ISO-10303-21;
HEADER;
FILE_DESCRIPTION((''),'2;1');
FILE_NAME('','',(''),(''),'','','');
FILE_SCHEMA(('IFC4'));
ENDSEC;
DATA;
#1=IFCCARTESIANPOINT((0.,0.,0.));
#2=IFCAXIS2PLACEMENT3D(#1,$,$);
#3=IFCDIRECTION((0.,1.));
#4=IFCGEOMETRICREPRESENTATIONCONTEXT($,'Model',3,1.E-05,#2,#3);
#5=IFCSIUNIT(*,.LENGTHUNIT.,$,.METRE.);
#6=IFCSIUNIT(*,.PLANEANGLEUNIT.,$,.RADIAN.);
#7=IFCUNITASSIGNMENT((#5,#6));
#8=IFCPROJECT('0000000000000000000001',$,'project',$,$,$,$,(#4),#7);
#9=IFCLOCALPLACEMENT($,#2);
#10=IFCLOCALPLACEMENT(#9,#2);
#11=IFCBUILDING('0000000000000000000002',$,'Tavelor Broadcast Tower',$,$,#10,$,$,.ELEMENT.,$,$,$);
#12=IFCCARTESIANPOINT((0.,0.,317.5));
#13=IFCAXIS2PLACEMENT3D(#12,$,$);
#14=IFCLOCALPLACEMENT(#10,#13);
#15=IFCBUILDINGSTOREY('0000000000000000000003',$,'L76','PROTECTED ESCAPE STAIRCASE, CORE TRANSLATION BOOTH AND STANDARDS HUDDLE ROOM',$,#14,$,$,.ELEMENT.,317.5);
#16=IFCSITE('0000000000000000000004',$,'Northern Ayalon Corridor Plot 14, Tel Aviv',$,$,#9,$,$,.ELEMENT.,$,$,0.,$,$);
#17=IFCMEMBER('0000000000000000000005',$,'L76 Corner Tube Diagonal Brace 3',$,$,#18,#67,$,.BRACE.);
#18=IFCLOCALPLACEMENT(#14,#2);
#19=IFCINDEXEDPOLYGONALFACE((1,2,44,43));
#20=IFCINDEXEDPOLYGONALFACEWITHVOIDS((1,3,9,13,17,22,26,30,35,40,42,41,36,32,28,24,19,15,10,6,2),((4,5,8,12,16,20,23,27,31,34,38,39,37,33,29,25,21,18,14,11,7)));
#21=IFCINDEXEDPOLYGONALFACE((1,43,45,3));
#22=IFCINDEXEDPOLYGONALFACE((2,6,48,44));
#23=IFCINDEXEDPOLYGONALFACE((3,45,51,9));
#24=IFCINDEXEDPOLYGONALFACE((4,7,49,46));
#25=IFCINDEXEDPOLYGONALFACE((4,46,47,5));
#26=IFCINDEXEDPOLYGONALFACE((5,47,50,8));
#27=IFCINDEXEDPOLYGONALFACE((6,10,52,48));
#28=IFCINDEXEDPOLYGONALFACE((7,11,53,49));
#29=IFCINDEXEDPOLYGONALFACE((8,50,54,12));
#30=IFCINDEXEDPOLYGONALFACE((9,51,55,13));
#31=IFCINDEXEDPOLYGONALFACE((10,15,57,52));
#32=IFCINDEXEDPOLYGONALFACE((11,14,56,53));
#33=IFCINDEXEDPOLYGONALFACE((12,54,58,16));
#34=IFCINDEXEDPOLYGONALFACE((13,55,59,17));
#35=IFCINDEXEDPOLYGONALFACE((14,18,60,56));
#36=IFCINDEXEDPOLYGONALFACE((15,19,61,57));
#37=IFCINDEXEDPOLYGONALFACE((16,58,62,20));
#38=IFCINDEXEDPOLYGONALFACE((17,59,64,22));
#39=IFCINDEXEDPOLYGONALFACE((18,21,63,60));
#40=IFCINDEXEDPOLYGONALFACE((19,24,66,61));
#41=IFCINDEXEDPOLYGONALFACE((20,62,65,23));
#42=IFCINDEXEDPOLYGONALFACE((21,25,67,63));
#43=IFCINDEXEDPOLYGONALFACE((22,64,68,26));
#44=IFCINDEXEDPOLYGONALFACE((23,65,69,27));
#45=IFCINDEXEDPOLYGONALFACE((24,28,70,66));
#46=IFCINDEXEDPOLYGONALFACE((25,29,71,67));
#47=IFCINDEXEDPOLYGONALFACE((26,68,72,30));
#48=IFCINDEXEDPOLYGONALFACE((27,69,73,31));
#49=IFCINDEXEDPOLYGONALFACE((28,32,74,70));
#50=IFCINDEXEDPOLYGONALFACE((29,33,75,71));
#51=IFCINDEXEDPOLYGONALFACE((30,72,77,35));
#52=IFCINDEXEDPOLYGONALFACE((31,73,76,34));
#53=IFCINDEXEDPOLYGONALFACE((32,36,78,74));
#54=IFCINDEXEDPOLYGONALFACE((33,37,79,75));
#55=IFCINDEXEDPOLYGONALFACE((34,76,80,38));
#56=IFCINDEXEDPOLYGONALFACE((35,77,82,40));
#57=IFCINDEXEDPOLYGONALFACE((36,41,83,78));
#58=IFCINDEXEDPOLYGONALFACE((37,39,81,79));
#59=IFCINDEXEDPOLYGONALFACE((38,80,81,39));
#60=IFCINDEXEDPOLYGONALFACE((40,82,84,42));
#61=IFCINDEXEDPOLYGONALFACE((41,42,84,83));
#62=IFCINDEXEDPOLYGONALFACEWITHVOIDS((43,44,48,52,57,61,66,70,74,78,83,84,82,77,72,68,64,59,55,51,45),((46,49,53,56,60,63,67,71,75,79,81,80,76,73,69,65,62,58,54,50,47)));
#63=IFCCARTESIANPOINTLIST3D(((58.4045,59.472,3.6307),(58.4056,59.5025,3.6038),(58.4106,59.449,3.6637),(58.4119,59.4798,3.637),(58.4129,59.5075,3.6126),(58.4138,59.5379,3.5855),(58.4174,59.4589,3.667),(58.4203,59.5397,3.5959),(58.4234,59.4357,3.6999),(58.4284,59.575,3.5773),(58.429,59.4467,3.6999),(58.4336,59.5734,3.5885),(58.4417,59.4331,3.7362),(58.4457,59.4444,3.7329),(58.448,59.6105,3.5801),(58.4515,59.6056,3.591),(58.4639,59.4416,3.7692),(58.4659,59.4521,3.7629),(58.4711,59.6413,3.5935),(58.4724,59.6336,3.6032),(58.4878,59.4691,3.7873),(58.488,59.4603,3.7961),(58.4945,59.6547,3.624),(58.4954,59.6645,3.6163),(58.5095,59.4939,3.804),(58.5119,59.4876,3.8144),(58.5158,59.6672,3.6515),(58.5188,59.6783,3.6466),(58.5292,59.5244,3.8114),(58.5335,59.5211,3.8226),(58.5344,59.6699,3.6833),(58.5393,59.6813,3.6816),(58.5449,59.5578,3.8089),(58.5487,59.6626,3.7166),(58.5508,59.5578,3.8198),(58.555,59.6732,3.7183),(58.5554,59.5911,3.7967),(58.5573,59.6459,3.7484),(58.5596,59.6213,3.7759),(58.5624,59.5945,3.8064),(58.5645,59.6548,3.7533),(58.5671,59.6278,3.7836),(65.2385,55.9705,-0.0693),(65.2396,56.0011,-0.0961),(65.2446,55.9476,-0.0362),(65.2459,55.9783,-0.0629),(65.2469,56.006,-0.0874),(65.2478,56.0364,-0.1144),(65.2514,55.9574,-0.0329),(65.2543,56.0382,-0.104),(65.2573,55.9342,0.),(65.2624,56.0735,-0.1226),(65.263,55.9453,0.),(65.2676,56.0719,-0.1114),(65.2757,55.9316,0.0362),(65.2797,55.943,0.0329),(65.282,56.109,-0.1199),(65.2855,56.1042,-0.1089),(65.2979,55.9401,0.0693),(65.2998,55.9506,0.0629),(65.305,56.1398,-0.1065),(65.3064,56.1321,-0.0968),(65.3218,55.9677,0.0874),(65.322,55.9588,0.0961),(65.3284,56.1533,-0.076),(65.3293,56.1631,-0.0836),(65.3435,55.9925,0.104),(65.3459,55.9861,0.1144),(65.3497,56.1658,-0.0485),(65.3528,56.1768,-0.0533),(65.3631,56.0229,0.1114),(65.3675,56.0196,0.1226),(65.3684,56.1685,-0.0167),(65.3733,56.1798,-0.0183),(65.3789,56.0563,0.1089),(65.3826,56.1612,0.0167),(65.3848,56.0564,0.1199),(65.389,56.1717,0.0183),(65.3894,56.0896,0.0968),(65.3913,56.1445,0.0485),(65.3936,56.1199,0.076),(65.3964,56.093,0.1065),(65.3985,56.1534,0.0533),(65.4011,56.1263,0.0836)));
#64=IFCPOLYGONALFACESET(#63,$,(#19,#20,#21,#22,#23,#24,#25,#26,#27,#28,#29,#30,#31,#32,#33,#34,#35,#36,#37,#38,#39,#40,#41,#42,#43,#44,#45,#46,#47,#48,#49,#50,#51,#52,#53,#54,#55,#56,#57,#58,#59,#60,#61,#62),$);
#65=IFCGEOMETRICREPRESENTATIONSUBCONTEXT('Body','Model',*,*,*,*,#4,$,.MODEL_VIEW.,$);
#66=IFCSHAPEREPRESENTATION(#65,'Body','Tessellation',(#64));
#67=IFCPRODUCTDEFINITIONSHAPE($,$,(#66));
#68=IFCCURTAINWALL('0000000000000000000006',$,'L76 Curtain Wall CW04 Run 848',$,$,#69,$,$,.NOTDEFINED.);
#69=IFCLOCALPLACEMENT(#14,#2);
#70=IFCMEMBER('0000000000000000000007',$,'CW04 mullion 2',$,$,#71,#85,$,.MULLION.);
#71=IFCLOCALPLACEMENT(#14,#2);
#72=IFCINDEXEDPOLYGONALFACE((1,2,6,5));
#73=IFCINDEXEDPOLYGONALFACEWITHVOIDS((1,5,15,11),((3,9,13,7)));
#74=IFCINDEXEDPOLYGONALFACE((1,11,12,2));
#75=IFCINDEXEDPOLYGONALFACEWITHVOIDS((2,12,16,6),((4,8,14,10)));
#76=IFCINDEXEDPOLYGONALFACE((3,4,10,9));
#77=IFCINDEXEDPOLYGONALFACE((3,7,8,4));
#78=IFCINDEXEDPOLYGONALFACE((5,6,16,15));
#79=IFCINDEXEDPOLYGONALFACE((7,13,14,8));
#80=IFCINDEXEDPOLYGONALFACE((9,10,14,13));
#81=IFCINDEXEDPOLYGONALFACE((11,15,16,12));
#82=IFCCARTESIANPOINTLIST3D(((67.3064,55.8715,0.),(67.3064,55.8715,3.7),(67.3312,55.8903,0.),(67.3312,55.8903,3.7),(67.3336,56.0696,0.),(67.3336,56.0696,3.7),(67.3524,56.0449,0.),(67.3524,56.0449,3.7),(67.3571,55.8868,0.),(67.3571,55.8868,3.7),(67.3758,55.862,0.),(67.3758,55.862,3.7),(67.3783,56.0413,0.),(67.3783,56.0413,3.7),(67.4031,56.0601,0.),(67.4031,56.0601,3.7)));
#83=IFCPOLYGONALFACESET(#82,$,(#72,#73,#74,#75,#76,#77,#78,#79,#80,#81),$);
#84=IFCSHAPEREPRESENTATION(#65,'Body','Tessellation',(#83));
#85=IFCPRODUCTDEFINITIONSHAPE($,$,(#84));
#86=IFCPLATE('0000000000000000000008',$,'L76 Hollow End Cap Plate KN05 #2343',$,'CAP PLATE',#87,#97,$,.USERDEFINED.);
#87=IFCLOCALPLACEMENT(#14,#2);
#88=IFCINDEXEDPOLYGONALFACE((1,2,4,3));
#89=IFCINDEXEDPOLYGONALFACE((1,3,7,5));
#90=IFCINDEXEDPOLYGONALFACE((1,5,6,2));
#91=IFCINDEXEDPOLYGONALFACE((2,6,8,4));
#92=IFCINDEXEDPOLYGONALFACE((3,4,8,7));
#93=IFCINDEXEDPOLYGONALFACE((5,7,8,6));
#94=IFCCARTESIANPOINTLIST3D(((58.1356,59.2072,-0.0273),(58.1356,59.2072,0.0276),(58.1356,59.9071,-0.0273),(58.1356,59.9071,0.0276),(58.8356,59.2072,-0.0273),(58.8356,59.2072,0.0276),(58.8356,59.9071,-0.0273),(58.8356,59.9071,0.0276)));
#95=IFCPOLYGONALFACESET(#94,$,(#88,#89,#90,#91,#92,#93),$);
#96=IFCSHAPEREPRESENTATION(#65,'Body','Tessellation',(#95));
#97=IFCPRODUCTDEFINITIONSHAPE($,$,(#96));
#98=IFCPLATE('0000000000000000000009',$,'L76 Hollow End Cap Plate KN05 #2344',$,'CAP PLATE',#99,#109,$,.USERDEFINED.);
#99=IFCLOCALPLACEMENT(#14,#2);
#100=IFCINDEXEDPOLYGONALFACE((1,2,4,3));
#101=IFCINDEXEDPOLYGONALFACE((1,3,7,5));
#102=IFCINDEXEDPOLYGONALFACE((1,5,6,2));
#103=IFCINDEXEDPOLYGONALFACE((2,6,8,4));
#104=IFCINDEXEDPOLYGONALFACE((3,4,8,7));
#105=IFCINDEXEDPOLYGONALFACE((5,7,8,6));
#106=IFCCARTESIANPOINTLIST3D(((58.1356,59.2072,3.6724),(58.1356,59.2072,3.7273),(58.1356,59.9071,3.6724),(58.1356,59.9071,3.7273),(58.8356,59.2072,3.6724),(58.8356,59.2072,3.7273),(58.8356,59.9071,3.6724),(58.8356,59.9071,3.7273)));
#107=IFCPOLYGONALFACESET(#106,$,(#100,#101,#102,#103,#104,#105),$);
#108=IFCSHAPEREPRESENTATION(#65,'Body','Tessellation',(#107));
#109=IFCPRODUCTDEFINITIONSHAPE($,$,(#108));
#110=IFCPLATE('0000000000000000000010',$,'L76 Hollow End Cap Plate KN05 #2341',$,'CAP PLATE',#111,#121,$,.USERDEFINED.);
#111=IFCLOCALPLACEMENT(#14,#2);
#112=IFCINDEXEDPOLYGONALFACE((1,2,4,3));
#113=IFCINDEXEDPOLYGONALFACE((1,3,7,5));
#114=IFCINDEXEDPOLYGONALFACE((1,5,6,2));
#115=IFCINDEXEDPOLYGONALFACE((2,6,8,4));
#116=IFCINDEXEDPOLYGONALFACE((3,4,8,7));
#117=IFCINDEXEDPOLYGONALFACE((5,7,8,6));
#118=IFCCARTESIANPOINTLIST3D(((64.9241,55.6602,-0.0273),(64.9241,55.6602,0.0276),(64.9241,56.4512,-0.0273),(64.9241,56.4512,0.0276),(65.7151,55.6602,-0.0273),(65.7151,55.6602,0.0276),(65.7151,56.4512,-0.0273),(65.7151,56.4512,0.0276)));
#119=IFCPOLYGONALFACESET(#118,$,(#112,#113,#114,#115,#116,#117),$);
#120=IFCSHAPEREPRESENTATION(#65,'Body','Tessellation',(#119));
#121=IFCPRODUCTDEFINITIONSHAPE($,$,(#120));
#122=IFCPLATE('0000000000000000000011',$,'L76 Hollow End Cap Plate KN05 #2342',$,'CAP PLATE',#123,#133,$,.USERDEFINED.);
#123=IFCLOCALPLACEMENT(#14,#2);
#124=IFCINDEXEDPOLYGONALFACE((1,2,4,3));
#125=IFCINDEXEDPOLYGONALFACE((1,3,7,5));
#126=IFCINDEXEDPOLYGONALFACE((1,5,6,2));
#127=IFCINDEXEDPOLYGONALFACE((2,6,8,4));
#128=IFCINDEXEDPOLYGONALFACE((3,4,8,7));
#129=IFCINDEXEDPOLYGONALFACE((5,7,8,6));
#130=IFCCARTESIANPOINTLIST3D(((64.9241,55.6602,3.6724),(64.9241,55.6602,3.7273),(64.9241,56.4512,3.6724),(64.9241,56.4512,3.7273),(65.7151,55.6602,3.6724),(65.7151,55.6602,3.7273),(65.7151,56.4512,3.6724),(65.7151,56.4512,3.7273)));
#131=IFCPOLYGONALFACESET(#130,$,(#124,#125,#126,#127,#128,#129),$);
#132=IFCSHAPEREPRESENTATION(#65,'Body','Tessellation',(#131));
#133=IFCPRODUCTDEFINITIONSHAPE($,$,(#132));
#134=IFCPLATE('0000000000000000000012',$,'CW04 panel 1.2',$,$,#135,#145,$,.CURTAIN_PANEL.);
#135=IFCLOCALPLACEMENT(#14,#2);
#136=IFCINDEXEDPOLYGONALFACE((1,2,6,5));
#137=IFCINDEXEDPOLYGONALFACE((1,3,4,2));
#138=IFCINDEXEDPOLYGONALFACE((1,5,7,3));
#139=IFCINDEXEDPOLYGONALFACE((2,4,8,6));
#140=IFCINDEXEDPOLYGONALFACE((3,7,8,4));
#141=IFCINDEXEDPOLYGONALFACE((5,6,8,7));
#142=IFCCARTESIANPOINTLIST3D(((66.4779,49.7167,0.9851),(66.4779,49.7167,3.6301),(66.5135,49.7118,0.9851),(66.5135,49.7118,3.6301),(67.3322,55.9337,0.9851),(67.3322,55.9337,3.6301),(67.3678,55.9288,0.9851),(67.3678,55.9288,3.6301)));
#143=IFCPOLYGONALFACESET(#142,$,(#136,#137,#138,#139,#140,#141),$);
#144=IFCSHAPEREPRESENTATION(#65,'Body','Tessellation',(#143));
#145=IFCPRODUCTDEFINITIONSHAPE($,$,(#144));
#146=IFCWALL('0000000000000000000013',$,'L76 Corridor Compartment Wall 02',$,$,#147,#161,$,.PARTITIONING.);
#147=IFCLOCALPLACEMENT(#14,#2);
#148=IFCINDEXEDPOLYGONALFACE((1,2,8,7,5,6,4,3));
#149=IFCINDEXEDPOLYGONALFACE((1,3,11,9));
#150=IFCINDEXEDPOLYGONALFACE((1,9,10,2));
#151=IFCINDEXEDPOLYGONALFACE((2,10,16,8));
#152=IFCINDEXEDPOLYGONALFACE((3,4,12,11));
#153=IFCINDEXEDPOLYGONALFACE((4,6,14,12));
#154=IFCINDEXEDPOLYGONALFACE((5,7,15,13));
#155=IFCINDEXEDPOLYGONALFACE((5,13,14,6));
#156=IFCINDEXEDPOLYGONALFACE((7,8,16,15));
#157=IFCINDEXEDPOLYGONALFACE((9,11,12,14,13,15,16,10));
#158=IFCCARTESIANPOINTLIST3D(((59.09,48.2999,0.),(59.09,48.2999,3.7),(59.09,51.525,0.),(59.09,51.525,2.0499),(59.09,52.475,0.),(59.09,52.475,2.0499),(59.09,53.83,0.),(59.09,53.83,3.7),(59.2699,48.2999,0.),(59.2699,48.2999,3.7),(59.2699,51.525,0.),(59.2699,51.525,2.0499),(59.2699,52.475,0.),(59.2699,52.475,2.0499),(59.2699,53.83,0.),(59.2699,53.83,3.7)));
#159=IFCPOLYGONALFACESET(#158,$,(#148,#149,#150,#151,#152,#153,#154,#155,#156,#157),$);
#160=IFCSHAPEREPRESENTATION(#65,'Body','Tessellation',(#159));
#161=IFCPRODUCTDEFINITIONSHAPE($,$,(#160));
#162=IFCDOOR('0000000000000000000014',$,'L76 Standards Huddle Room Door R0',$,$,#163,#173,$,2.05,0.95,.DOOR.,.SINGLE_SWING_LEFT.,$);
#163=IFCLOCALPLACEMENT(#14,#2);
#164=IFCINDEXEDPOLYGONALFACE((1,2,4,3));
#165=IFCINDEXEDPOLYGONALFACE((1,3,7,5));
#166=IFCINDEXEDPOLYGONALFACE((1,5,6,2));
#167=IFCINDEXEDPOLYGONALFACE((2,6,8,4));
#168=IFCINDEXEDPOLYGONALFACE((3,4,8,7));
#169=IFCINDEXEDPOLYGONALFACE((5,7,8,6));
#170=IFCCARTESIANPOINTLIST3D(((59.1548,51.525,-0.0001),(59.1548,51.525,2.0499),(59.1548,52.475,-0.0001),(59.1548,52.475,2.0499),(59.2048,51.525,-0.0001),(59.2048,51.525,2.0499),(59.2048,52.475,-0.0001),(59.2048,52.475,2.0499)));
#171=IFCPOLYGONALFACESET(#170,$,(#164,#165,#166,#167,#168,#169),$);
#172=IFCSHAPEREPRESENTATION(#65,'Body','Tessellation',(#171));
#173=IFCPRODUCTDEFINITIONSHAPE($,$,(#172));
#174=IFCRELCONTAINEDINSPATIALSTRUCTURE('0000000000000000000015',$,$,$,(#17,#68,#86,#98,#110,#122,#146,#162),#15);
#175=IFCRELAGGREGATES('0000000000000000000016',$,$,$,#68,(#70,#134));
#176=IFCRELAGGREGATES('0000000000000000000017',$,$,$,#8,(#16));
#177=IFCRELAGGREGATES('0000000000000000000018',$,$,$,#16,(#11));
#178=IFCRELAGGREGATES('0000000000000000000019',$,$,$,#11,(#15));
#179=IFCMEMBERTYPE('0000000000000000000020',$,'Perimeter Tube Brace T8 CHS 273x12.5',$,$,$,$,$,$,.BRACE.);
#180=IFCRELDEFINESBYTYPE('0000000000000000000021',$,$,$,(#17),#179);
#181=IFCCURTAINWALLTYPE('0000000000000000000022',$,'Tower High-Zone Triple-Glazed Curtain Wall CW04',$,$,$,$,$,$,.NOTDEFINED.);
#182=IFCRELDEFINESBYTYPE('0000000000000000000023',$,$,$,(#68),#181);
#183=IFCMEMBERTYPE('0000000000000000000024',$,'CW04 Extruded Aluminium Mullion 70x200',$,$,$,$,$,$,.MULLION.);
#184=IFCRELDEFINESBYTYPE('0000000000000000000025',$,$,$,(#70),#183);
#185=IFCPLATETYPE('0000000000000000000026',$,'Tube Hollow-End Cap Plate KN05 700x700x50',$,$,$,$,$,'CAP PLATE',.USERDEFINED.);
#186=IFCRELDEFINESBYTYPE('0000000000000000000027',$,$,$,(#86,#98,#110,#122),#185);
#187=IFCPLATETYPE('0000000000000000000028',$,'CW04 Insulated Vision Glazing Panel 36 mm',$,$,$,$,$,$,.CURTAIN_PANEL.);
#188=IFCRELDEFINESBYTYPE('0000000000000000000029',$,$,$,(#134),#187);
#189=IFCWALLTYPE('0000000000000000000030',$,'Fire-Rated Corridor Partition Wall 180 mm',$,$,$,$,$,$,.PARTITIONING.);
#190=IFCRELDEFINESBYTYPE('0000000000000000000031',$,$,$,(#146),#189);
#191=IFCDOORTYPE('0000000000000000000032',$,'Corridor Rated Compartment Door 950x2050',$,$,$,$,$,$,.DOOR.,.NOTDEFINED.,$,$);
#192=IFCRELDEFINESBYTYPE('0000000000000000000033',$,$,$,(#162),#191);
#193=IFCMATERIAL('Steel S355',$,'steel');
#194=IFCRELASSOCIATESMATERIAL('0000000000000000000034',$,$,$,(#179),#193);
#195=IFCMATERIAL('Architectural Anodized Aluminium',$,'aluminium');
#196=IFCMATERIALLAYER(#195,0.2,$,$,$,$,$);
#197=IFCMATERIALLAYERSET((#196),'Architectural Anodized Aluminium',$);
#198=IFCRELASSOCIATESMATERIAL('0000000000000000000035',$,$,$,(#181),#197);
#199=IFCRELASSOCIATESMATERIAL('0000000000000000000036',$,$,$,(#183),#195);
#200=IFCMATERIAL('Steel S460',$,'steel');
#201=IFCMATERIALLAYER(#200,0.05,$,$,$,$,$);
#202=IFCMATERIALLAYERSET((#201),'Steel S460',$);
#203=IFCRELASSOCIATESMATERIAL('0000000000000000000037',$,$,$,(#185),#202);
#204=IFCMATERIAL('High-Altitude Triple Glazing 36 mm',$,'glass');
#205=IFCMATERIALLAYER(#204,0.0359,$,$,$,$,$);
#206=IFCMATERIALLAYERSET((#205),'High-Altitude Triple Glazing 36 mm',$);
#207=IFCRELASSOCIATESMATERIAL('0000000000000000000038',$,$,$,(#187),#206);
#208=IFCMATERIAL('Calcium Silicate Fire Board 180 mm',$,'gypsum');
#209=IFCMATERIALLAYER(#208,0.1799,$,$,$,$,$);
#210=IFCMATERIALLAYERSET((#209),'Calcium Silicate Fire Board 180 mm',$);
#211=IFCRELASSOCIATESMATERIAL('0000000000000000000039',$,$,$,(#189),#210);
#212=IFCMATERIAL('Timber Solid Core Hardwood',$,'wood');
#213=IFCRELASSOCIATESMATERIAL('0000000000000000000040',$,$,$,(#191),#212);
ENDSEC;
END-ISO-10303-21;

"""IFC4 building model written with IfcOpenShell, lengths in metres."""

from ifc_helpers import new_model, si_unit, direction, frame, frame_2d, origin, origin_2d, place, context, subcontext, project, spatial, rectangle, hollow_rectangle, hollow_circle, extrude, source, transform, mapped, material, layer, layer_set, material_profile, profile_set, type_object, type_shapes, element, fill, aggregate, save


model = new_model("IFC4")

# Units and contexts
model_context = context("Model", 3, precision=1e-05, world=origin(), true_north=direction((0.0, 1.0)))
body_context = subcontext(model_context, "Body", "Model", "MODEL_VIEW")
ifc_project = project(units=[si_unit("LENGTHUNIT", "METRE"), si_unit("PLANEANGLEUNIT", "RADIAN")], contexts=[model_context])

# Site, building, storey
site_placement = place(None, origin())
site = spatial("IfcSite", under=ifc_project, at=site_placement, Name="Northern Ayalon Corridor Plot 14, Tel Aviv", CompositionType="ELEMENT", RefElevation=0.0)
building_placement = place(site_placement, origin())
building = spatial("IfcBuilding", under=site, at=building_placement, Name="Tavelor Broadcast Tower", CompositionType="ELEMENT")
storey_placement = place(building_placement, frame((0.0, 0.0, 317.5)))
storey = spatial("IfcBuildingStorey", under=building, at=storey_placement, Name="L76", Description="PROTECTED ESCAPE STAIRCASE, CORE TRANSLATION BOOTH AND STANDARDS HUDDLE ROOM", CompositionType="ELEMENT", Elevation=317.5)

# Shared definitions
ifc_material_1 = material(Name="Steel S460", Category="steel")

# Shared definitions
ifc_material_2 = material(Name="Steel S355", Category="steel")

# Member
ifc_material_profile_1 = material_profile(ifc_material_2, hollow_circle(Radius=0.1365, WallThickness=0.0125, at=origin_2d()), Name="CHS 273x12.5")
ifc_profile_set_1 = profile_set([ifc_material_profile_1], Name="Steel S355")
member_type_1 = type_object("IfcMemberType", Name="Perimeter Tube Brace T8 CHS 273x12.5", PredefinedType="BRACE", material=ifc_profile_set_1)
member_1_placement = place(storey_placement, frame((65.3196, 56.0557, 0.0), z_axis=(-0.801764, 0.410792, 0.434079), x_axis=(-0.455993, -0.889984, 0.0)))
element("IfcMember", 1, at=member_1_placement, inside=storey, type_object=member_type_1, Name="L76 Corner Tube Diagonal Brace 3", PredefinedType="BRACE", context=body_context, shape_type="SweptSolid", body=[
    extrude(hollow_circle(Radius=0.1365, WallThickness=0.0125, at=origin_2d()), origin(), (0.0, 0.0, 1.0), 8.5237),
])

# Curtain wall, member
ifc_material_3 = material(Name="Architectural Anodized Aluminium", Category="aluminium")
ifc_layer_1 = layer(ifc_material_3, 0.2)
ifc_layer_set_1 = layer_set([ifc_layer_1], Name="Architectural Anodized Aluminium")
curtain_wall_type = type_object("IfcCurtainWallType", Name="Tower High-Zone Triple-Glazed Curtain Wall CW04", PredefinedType="NOTDEFINED", material=ifc_layer_set_1)
curtain_wall_placement = place(storey_placement, origin())
curtain_wall = element("IfcCurtainWall", 2, at=curtain_wall_placement, inside=storey, type_object=curtain_wall_type, Name="L76 Curtain Wall CW04 Run 848", PredefinedType="NOTDEFINED")
ifc_material_profile_2 = material_profile(ifc_material_3, hollow_rectangle(XDim=0.0701, YDim=0.2, WallThickness=0.022, at=origin_2d()), Name="RHS 70x200x22")
ifc_profile_set_2 = profile_set([ifc_material_profile_2], Name="Architectural Anodized Aluminium")
member_type_2 = type_object("IfcMemberType", Name="CW04 Extruded Aluminium Mullion 70x200", PredefinedType="MULLION", material=ifc_profile_set_2)
shared_shape_1 = source(origin(), body_context, "Body", "SweptSolid", [
    extrude(hollow_rectangle(XDim=0.0701, YDim=0.2, WallThickness=0.022, at=origin_2d()), origin(), (0.0, 0.0, 1.0), 3.7),
])
type_shapes(member_type_2, [shared_shape_1])
member_2_placement = place(storey_placement, frame((67.3547, 55.9658, 0.0), z_axis=(0.0, 0.0, 1.0), x_axis=(-0.99069, 0.136141, 0.0)))
member_2 = element("IfcMember", 3, at=member_2_placement, type_object=member_type_2, Name="CW04 mullion 2", PredefinedType="MULLION", context=body_context, shape_type="MappedRepresentation", body=[
    mapped(shared_shape_1, transform((0.0, 0.0, 0.0), scale=1.0)),
])

# Plates
ifc_layer_2 = layer(ifc_material_1, 0.05)
ifc_layer_set_2 = layer_set([ifc_layer_2], Name="Steel S460")
plate_type_1 = type_object("IfcPlateType", Name="Tube Hollow-End Cap Plate KN05 700x700x50", ElementType="CAP PLATE", PredefinedType="USERDEFINED", material=ifc_layer_set_2)
shared_shape_2 = source(origin(), body_context, "Body", "SweptSolid", [
    extrude(rectangle(XDim=0.7, YDim=0.7, at=origin_2d()), origin(), (0.0, 0.0, 1.0), 0.0549),
])
for number, where, z_axis, x_axis, name in (
    (4, (58.4856, 59.5571, -0.0273), (0.0, 0.0, 1.0), (1.0, 0.0, 0.0), "L76 Hollow End Cap Plate KN05 #2343"),
    (5, (58.4856, 59.5571, 3.6724), (0.0, 0.0, 1.0), (1.0, 0.0, 0.0), "L76 Hollow End Cap Plate KN05 #2344"),
):
    element("IfcPlate", number, at=place(storey_placement, frame(where, z_axis=z_axis, x_axis=x_axis)), inside=storey, type_object=plate_type_1, Name=name, ObjectType="CAP PLATE", PredefinedType="USERDEFINED", context=body_context, shape_type="MappedRepresentation", body=[
        mapped(shared_shape_2, transform((0.0, 0.0, 0.0), scale=1.0)),
    ])
shared_shape_3 = source(origin(), body_context, "Body", "SweptSolid", [
    extrude(rectangle(XDim=0.791, YDim=0.791, at=origin_2d()), origin(), (0.0, 0.0, 1.0), 0.0549),
])
type_shapes(plate_type_1, [shared_shape_2, shared_shape_3])
for number, where, z_axis, x_axis, name in (
    (6, (65.3196, 56.0557, -0.0273), (0.0, 0.0, 1.0), (1.0, 0.0, 0.0), "L76 Hollow End Cap Plate KN05 #2341"),
    (7, (65.3196, 56.0557, 3.6724), (0.0, 0.0, 1.0), (1.0, 0.0, 0.0), "L76 Hollow End Cap Plate KN05 #2342"),
):
    element("IfcPlate", number, at=place(storey_placement, frame(where, z_axis=z_axis, x_axis=x_axis)), inside=storey, type_object=plate_type_1, Name=name, ObjectType="CAP PLATE", PredefinedType="USERDEFINED", context=body_context, shape_type="MappedRepresentation", body=[
        mapped(shared_shape_3, transform((0.0, 0.0, 0.0), scale=1.0)),
    ])

# Plate
ifc_material_4 = material(Name="High-Altitude Triple Glazing 36 mm", Category="glass")
ifc_layer_3 = layer(ifc_material_4, 0.0359)
ifc_layer_set_3 = layer_set([ifc_layer_3], Name="High-Altitude Triple Glazing 36 mm")
plate_type_2 = type_object("IfcPlateType", Name="CW04 Insulated Vision Glazing Panel 36 mm", PredefinedType="CURTAIN_PANEL", material=ifc_layer_set_3)
shared_shape_4 = source(origin(), body_context, "Body", "SweptSolid", [
    extrude(rectangle(XDim=6.2754, YDim=0.0359, at=origin_2d()), origin(), (0.0, 0.0, 1.0), 2.645),
])
type_shapes(plate_type_2, [shared_shape_4])
plate_placement = place(storey_placement, frame((66.9229, 52.8228, 0.9851), z_axis=(0.0, 0.0, 1.0), x_axis=(0.136141, 0.99069, 0.0)))
plate = element("IfcPlate", 8, at=plate_placement, type_object=plate_type_2, Name="CW04 panel 1.2", PredefinedType="CURTAIN_PANEL", context=body_context, shape_type="MappedRepresentation", body=[
    mapped(shared_shape_4, transform((0.0, 0.0, 0.0), scale=1.0)),
])
aggregate(curtain_wall, [member_2, plate])

# Wall, opening, door
ifc_material_5 = material(Name="Calcium Silicate Fire Board 180 mm", Category="gypsum")
ifc_layer_4 = layer(ifc_material_5, 0.1799)
ifc_layer_set_4 = layer_set([ifc_layer_4], Name="Calcium Silicate Fire Board 180 mm")
wall_type_1 = type_object("IfcWallType", Name="Fire-Rated Corridor Partition Wall 180 mm", PredefinedType="PARTITIONING", material=ifc_layer_set_4)
wall_1_placement = place(storey_placement, frame((59.1799, 53.8301, 0.0), z_axis=(0.0, 0.0, 1.0), x_axis=(0.0, -1.0, 0.0)))
wall_1 = element("IfcWall", 9, at=wall_1_placement, inside=storey, type_object=wall_type_1, Name="L76 Corridor Compartment Wall 02", PredefinedType="PARTITIONING", context=body_context, shape_type="SweptSolid", body=[
    extrude(rectangle(XDim=5.53, YDim=0.1799, at=frame_2d((2.7651, 0.0))), origin(), (0.0, 0.0, 1.0), 3.7),
])
opening_placement = place(wall_1_placement, frame((1.355, 0.0, 0.0)))
opening = element("IfcOpeningElement", 10, at=opening_placement, cuts=wall_1, PredefinedType="OPENING", context=body_context, shape_type="SweptSolid", body=[
    extrude(rectangle(XDim=0.95, YDim=2.05, at=frame_2d((0.4751, 1.0249))), frame((0.0, 0.1001, 0.0), z_axis=(0.0, -1.0, 0.0), x_axis=(1.0, 0.0, 0.0)), (0.0, 0.0, 1.0), 0.2),
])
ifc_material_6 = material(Name="Timber Solid Core Hardwood", Category="wood")
door_type = type_object("IfcDoorType", Name="Corridor Rated Compartment Door 950x2050", OperationType="NOTDEFINED", PredefinedType="DOOR", material=ifc_material_6)
door_placement = place(opening_placement, origin())
door = element("IfcDoor", 11, at=door_placement, inside=storey, type_object=door_type, Name="L76 Standards Huddle Room Door R0", OperationType="SINGLE_SWING_LEFT", OverallHeight=2.05, OverallWidth=0.95, PredefinedType="DOOR", context=body_context, shape_type="SweptSolid", body=[
    extrude(rectangle(XDim=0.95, YDim=2.05, at=frame_2d((0.4751, 1.0249))), frame((0.0, 0.0249, 0.0), z_axis=(0.0, -1.0, 0.0), x_axis=(1.0, 0.0, 0.0)), (0.0, 0.0, 1.0), 0.05),
])
fill(opening, door)

save(model, "model.ifc")
